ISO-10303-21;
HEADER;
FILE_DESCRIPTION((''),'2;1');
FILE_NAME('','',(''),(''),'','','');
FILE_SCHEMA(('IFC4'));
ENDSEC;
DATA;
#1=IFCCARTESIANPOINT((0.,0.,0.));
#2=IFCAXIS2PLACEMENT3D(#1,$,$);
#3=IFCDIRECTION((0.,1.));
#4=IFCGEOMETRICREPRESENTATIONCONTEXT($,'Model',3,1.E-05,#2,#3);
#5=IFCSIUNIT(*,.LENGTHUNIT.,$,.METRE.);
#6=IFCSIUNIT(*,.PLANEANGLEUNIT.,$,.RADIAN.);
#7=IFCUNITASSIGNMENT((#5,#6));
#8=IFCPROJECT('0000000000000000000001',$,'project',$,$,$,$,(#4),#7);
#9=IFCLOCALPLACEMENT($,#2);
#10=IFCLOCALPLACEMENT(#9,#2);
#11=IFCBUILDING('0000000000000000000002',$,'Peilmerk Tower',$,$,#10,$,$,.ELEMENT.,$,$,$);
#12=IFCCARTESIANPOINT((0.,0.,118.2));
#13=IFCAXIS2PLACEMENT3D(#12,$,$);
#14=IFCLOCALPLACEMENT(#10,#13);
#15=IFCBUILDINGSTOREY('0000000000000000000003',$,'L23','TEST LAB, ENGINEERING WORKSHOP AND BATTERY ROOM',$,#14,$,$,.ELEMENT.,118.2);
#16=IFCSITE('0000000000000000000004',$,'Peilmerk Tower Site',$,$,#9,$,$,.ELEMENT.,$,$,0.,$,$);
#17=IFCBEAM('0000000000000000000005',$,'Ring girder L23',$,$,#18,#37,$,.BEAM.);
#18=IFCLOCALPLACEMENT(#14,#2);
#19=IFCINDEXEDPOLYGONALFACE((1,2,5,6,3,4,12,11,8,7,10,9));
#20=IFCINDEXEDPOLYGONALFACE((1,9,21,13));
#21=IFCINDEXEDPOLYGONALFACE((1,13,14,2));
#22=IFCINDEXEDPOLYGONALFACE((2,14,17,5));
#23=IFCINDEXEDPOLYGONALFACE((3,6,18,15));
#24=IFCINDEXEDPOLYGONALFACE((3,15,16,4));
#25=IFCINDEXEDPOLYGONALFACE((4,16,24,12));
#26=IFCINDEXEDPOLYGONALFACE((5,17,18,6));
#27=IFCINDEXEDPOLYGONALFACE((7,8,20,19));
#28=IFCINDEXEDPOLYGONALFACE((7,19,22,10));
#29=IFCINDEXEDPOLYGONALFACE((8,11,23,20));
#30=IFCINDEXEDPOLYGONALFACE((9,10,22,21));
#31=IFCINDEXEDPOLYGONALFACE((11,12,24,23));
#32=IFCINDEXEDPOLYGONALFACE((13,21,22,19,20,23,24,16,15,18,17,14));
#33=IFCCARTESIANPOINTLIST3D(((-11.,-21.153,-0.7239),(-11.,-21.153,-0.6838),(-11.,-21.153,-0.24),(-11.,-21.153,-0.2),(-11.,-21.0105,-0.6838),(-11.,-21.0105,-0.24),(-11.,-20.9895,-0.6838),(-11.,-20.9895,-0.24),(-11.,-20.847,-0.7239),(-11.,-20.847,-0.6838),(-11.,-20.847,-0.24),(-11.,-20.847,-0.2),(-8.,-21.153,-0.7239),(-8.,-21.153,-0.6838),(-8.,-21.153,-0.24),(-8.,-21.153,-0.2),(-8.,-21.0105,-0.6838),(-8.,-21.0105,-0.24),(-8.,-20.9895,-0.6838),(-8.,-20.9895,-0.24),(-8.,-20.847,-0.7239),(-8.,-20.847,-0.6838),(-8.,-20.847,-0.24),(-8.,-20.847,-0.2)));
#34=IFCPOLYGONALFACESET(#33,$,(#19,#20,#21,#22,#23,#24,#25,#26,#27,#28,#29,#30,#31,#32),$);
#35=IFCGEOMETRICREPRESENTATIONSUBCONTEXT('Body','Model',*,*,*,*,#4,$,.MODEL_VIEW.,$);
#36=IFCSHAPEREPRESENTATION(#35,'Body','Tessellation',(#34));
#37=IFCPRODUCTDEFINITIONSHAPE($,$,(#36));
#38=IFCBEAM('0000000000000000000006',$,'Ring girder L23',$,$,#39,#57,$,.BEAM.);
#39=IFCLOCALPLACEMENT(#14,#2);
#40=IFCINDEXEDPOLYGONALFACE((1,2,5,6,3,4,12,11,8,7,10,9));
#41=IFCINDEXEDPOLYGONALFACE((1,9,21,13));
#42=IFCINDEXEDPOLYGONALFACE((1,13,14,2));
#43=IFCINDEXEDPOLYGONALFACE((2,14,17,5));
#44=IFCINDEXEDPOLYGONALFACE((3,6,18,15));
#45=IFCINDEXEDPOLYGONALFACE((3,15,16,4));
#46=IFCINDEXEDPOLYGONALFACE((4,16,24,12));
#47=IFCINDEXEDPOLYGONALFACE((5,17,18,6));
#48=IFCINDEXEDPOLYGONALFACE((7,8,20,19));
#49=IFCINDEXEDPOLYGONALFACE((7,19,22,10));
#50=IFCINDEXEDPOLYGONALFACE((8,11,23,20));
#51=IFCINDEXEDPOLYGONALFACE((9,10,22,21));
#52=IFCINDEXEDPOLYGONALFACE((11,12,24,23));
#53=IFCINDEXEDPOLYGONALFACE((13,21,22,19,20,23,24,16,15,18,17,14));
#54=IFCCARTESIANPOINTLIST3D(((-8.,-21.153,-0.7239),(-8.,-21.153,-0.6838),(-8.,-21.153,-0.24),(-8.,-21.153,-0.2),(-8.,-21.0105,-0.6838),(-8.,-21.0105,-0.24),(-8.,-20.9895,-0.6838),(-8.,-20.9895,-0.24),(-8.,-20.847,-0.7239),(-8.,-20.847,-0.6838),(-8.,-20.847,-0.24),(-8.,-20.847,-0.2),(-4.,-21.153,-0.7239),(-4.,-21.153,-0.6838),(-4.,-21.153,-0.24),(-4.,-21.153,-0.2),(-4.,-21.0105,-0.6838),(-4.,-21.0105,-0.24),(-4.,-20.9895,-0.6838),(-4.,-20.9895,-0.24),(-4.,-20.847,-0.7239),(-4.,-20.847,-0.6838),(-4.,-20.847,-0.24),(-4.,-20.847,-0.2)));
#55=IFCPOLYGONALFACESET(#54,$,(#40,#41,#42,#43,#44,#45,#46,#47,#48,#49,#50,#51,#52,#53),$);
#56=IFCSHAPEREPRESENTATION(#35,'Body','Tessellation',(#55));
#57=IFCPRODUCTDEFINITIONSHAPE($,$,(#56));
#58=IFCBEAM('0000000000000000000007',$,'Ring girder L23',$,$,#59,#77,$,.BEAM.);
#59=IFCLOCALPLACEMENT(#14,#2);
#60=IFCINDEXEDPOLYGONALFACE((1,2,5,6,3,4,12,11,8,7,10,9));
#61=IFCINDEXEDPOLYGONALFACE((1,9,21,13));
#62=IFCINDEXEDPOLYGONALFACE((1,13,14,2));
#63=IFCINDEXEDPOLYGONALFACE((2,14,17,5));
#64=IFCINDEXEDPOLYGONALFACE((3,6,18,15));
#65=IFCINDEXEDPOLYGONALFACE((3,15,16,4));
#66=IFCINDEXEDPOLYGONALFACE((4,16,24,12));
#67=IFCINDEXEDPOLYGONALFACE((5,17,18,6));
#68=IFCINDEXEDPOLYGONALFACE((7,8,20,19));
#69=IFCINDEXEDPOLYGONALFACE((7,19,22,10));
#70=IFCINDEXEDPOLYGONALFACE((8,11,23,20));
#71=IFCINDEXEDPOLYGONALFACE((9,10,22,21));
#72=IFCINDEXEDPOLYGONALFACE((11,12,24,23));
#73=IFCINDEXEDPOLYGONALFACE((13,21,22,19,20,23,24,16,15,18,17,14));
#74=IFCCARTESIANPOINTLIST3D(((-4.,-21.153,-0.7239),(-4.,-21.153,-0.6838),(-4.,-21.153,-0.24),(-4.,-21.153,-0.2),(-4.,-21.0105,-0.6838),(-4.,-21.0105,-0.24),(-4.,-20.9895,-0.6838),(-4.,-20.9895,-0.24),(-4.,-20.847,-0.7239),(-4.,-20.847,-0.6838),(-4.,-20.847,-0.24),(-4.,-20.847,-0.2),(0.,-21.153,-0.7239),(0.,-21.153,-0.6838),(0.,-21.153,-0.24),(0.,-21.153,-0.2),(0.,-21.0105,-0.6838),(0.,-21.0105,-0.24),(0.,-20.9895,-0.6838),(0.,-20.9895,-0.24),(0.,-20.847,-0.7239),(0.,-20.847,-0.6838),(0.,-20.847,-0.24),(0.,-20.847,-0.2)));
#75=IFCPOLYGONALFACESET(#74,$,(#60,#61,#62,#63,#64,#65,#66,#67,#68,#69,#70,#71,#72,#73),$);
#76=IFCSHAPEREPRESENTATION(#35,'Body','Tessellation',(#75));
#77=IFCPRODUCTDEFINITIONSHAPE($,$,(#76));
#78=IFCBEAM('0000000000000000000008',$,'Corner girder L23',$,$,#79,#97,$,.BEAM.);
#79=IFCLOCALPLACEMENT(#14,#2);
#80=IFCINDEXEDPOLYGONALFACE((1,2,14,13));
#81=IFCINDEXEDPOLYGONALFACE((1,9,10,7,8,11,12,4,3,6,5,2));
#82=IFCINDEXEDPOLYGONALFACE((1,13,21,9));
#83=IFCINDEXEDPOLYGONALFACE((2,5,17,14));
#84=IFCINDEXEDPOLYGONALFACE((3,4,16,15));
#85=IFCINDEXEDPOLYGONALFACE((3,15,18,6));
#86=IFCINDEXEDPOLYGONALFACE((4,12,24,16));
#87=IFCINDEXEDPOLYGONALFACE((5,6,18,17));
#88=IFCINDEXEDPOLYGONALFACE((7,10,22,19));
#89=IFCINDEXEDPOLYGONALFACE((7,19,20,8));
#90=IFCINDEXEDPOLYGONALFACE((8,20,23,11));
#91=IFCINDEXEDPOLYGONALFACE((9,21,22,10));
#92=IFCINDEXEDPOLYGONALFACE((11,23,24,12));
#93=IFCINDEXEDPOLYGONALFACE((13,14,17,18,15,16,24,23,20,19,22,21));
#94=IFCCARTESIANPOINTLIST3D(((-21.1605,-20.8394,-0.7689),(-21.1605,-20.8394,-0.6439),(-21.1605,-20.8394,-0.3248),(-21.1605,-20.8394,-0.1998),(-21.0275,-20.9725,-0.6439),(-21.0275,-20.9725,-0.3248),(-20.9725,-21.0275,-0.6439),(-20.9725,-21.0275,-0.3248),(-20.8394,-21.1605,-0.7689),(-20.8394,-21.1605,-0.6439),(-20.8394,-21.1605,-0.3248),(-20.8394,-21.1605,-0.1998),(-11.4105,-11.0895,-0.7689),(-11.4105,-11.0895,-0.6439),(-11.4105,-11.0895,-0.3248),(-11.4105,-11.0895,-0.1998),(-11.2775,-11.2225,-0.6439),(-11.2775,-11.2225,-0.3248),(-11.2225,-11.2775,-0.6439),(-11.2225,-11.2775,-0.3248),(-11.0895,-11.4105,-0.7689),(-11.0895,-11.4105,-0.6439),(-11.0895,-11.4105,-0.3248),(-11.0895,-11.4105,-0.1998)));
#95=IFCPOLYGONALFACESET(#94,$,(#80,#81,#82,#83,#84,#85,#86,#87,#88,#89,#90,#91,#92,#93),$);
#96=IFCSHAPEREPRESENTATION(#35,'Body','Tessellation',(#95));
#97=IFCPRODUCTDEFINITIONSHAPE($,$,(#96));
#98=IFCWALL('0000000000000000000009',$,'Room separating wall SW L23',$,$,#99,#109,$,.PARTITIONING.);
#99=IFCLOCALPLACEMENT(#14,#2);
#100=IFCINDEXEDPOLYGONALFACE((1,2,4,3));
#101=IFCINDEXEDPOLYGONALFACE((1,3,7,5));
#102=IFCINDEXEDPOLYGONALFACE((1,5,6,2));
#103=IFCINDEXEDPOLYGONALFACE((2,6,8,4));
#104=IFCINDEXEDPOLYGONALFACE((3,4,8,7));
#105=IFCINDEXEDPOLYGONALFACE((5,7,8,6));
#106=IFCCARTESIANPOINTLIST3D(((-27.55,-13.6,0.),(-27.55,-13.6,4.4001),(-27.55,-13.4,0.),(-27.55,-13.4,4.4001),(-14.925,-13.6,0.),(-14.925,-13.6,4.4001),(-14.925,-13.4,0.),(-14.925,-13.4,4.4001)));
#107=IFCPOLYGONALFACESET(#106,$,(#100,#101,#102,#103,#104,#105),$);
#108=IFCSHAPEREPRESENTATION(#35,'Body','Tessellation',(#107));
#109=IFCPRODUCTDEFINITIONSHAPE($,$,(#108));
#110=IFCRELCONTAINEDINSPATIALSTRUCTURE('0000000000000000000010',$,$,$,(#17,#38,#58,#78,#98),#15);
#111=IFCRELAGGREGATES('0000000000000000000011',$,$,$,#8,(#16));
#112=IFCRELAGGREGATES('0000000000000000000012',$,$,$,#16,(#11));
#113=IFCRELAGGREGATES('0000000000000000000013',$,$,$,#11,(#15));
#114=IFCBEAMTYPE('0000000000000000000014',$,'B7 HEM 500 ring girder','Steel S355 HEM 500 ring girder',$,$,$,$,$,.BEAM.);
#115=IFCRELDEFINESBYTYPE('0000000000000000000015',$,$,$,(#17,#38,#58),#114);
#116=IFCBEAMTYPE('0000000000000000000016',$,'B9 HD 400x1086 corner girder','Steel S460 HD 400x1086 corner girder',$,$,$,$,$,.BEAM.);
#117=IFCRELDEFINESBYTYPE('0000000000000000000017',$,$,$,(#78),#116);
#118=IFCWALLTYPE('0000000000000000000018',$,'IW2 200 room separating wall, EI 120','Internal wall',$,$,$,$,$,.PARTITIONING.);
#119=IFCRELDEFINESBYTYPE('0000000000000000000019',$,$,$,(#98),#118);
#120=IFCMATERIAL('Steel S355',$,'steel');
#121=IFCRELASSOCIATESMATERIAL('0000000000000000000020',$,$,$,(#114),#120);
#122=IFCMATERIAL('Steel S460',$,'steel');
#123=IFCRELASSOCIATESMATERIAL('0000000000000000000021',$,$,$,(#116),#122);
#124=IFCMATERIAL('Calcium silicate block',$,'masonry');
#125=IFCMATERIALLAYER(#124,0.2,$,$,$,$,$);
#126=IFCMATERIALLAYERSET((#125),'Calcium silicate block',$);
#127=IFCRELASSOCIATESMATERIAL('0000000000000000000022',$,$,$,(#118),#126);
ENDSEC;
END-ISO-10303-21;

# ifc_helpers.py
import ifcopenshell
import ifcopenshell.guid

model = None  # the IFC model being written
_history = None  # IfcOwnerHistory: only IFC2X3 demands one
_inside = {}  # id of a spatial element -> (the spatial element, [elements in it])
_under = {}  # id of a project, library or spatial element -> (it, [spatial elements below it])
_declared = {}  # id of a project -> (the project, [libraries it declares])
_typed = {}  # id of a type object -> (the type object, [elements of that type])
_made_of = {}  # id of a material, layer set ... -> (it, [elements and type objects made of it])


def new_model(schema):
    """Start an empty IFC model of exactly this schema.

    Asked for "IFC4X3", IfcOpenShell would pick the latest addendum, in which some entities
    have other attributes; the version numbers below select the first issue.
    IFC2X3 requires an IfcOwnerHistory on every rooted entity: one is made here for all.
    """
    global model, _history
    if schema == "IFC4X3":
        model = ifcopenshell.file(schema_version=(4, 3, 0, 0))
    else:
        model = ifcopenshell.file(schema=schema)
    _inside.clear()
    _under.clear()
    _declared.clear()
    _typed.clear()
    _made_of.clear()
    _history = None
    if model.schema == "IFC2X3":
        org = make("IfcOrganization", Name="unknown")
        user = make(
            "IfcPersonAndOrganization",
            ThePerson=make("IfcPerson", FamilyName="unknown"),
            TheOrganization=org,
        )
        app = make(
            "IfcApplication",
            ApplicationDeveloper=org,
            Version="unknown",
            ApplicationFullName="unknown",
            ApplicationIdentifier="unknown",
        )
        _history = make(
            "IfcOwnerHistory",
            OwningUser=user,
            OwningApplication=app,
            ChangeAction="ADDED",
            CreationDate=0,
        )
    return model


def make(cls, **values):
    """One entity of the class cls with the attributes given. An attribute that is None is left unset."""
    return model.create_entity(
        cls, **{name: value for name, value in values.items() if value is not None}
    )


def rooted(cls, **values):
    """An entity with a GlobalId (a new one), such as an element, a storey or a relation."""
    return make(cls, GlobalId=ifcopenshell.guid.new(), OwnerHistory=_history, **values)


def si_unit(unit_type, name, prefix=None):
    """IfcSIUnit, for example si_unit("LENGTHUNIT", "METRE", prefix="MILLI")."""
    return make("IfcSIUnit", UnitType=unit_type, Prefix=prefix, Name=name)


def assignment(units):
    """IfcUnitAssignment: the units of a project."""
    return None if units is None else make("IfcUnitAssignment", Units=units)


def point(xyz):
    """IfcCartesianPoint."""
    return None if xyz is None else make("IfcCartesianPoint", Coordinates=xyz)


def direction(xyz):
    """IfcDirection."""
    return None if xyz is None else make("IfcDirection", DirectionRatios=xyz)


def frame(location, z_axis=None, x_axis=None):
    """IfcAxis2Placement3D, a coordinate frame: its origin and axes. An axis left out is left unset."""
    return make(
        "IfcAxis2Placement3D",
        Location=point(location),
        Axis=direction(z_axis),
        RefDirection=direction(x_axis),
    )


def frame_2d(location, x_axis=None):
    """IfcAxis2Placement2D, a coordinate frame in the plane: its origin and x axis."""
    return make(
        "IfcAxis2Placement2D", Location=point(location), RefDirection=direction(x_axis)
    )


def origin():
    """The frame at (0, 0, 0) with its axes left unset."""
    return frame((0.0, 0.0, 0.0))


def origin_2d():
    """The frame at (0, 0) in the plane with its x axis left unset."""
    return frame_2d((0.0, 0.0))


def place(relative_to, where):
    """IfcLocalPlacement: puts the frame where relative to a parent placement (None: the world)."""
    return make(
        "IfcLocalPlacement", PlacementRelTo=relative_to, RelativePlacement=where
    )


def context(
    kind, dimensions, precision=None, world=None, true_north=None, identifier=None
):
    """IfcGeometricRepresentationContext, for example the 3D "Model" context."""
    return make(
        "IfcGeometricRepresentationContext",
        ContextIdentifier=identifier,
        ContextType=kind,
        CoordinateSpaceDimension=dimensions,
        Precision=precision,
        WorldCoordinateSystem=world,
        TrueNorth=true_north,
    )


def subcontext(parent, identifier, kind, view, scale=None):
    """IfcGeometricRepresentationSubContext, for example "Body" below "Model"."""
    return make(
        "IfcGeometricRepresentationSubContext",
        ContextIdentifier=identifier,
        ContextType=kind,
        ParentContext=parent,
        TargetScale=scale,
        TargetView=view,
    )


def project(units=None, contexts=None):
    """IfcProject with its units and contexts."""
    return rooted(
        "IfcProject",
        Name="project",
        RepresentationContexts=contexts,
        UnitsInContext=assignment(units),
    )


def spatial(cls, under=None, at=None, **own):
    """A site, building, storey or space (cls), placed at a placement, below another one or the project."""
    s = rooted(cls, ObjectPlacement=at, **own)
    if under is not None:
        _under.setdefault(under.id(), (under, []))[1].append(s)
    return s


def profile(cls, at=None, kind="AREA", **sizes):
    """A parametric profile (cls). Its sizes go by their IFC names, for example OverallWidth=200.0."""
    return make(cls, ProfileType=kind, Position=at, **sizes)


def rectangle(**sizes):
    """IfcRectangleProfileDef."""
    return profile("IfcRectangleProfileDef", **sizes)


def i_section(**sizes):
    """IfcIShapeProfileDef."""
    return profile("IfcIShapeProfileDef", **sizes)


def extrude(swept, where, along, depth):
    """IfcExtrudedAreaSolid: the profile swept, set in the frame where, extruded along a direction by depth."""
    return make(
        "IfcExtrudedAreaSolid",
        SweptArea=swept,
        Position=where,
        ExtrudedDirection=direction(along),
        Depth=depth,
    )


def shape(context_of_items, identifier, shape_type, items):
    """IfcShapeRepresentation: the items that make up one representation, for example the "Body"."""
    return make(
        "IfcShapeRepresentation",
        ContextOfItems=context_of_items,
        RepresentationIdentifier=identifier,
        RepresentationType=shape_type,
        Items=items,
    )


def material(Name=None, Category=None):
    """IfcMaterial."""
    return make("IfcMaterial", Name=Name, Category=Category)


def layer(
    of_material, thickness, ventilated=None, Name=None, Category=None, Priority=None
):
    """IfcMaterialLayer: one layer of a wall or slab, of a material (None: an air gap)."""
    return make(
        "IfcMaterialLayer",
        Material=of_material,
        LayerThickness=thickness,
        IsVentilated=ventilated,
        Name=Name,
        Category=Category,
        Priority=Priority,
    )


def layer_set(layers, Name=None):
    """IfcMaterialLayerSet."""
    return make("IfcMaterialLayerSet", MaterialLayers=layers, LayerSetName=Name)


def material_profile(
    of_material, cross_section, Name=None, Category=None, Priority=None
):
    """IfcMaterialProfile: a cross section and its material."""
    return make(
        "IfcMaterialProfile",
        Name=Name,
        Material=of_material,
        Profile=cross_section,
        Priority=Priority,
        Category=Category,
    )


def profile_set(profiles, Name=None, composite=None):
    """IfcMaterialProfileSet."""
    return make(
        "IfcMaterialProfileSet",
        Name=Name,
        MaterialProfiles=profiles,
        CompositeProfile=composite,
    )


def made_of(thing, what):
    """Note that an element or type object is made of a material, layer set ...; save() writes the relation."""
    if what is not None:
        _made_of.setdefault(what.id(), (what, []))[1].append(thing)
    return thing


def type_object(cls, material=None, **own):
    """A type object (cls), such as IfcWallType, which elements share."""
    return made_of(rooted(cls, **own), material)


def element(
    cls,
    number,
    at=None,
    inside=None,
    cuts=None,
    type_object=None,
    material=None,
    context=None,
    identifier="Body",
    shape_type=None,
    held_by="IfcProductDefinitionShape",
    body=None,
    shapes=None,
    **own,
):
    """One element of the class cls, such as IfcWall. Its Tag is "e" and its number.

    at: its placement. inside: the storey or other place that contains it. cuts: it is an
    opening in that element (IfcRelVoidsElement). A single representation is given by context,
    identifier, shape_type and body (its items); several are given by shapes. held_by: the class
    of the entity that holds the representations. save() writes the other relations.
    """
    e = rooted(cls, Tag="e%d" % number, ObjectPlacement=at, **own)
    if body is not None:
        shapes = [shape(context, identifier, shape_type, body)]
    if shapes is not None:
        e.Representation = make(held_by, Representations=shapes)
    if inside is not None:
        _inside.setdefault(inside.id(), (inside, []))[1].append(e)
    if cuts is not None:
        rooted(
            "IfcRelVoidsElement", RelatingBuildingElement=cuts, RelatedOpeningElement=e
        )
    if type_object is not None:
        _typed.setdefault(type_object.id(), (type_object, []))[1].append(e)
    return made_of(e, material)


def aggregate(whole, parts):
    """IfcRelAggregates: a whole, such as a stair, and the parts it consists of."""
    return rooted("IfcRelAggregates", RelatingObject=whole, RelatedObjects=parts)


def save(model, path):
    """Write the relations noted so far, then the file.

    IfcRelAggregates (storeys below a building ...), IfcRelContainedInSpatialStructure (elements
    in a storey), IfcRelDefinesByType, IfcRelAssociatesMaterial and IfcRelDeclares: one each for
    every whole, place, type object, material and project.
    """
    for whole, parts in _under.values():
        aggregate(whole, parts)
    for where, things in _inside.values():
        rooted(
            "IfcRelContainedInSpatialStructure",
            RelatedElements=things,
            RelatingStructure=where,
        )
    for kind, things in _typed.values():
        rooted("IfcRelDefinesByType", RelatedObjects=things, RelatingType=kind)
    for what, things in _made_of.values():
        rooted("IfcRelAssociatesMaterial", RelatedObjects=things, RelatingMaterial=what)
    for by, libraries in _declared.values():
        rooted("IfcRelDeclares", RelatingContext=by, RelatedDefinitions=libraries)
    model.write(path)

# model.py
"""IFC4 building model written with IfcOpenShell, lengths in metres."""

from ifc_helpers import new_model, si_unit, direction, frame, frame_2d, origin, origin_2d, place, context, subcontext, project, spatial, rectangle, i_section, extrude, material, layer, layer_set, material_profile, profile_set, type_object, element, save


model = new_model("IFC4")

# Units and contexts
model_context = context("Model", 3, precision=1e-05, world=origin(), true_north=direction((0.0, 1.0)))
body_context = subcontext(model_context, "Body", "Model", "MODEL_VIEW")
ifc_project = project(units=[si_unit("LENGTHUNIT", "METRE"), si_unit("PLANEANGLEUNIT", "RADIAN")], contexts=[model_context])

# Site, building, storey
site_placement = place(None, origin())
site = spatial("IfcSite", under=ifc_project, at=site_placement, Name="Peilmerk Tower Site", CompositionType="ELEMENT", RefElevation=0.0)
building_placement = place(site_placement, origin())
building = spatial("IfcBuilding", under=site, at=building_placement, Name="Peilmerk Tower", CompositionType="ELEMENT")
storey_placement = place(building_placement, frame((0.0, 0.0, 118.2)))
storey = spatial("IfcBuildingStorey", under=building, at=storey_placement, Name="L23", Description="TEST LAB, ENGINEERING WORKSHOP AND BATTERY ROOM", CompositionType="ELEMENT", Elevation=118.2)

# Shared definitions
ifc_material_1 = material(Name="Steel S460", Category="steel")

# Beams
ifc_material_2 = material(Name="Steel S355", Category="steel")
ifc_material_profile_1 = material_profile(ifc_material_2, i_section(OverallWidth=0.3059, OverallDepth=0.5239, WebThickness=0.021, FlangeThickness=0.04, at=origin_2d()), Name="HEM 500")
ifc_profile_set_1 = profile_set([ifc_material_profile_1], Name="Steel S355")
beam_type_1 = type_object("IfcBeamType", Name="B7 HEM 500 ring girder", Description="Steel S355 HEM 500 ring girder", PredefinedType="BEAM", material=ifc_profile_set_1)
beam_1_placement = place(storey_placement, frame((-11.0, -21.0, -0.4619), z_axis=(1.0, 0.0, 0.0), x_axis=(0.0, 1.0, 0.0)))
element("IfcBeam", 1, at=beam_1_placement, inside=storey, type_object=beam_type_1, Name="Ring girder L23", PredefinedType="BEAM", context=body_context, shape_type="SweptSolid", body=[
    extrude(i_section(OverallWidth=0.3059, OverallDepth=0.5239, WebThickness=0.021, FlangeThickness=0.04, at=origin_2d()), origin(), (0.0, 0.0, 1.0), 3.0),
])
for number, where, z_axis, x_axis, name in (
    (2, (-8.0, -21.0, -0.4619), (1.0, 0.0, 0.0), (0.0, 1.0, 0.0), "Ring girder L23"),
    (3, (-4.0, -21.0, -0.4619), (1.0, 0.0, 0.0), (0.0, 1.0, 0.0), "Ring girder L23"),
):
    element("IfcBeam", number, at=place(storey_placement, frame(where, z_axis=z_axis, x_axis=x_axis)), inside=storey, type_object=beam_type_1, Name=name, PredefinedType="BEAM", context=body_context, shape_type="SweptSolid", body=[
        extrude(i_section(OverallWidth=0.3059, OverallDepth=0.5239, WebThickness=0.021, FlangeThickness=0.04, at=origin_2d()), origin(), (0.0, 0.0, 1.0), 4.0),
    ])
ifc_material_profile_2 = material_profile(ifc_material_1, i_section(OverallWidth=0.4541, OverallDepth=0.5691, WebThickness=0.0779, FlangeThickness=0.125, at=origin_2d()), Name="HD 400x1086")
ifc_profile_set_2 = profile_set([ifc_material_profile_2], Name="Steel S460")
beam_type_2 = type_object("IfcBeamType", Name="B9 HD 400x1086 corner girder", Description="Steel S460 HD 400x1086 corner girder", PredefinedType="BEAM", material=ifc_profile_set_2)
beam_2_placement = place(storey_placement, frame((-11.25, -11.25, -0.4844), z_axis=(-0.707107, -0.707107, 0.0), x_axis=(0.707107, -0.707107, 0.0)))
element("IfcBeam", 4, at=beam_2_placement, inside=storey, type_object=beam_type_2, Name="Corner girder L23", PredefinedType="BEAM", context=body_context, shape_type="SweptSolid", body=[
    extrude(i_section(OverallWidth=0.4541, OverallDepth=0.5691, WebThickness=0.0779, FlangeThickness=0.125, at=origin_2d()), origin(), (0.0, 0.0, 1.0), 13.7886),
])

# Wall
ifc_material_3 = material(Name="Calcium silicate block", Category="masonry")
ifc_layer = layer(ifc_material_3, 0.2)
ifc_layer_set = layer_set([ifc_layer], Name="Calcium silicate block")
wall_type = type_object("IfcWallType", Name="IW2 200 room separating wall, EI 120", Description="Internal wall", PredefinedType="PARTITIONING", material=ifc_layer_set)
wall_placement = place(storey_placement, frame((-14.925, -13.5, 0.0), z_axis=(0.0, 0.0, 1.0), x_axis=(-1.0, 0.0, 0.0)))
element("IfcWall", 5, at=wall_placement, inside=storey, type_object=wall_type, Name="Room separating wall SW L23", PredefinedType="PARTITIONING", context=body_context, shape_type="SweptSolid", body=[
    extrude(rectangle(XDim=12.625, YDim=0.2, at=frame_2d((6.3125, 0.0))), origin(), (0.0, 0.0, 1.0), 4.4001),
])

save(model, "model.ifc")
